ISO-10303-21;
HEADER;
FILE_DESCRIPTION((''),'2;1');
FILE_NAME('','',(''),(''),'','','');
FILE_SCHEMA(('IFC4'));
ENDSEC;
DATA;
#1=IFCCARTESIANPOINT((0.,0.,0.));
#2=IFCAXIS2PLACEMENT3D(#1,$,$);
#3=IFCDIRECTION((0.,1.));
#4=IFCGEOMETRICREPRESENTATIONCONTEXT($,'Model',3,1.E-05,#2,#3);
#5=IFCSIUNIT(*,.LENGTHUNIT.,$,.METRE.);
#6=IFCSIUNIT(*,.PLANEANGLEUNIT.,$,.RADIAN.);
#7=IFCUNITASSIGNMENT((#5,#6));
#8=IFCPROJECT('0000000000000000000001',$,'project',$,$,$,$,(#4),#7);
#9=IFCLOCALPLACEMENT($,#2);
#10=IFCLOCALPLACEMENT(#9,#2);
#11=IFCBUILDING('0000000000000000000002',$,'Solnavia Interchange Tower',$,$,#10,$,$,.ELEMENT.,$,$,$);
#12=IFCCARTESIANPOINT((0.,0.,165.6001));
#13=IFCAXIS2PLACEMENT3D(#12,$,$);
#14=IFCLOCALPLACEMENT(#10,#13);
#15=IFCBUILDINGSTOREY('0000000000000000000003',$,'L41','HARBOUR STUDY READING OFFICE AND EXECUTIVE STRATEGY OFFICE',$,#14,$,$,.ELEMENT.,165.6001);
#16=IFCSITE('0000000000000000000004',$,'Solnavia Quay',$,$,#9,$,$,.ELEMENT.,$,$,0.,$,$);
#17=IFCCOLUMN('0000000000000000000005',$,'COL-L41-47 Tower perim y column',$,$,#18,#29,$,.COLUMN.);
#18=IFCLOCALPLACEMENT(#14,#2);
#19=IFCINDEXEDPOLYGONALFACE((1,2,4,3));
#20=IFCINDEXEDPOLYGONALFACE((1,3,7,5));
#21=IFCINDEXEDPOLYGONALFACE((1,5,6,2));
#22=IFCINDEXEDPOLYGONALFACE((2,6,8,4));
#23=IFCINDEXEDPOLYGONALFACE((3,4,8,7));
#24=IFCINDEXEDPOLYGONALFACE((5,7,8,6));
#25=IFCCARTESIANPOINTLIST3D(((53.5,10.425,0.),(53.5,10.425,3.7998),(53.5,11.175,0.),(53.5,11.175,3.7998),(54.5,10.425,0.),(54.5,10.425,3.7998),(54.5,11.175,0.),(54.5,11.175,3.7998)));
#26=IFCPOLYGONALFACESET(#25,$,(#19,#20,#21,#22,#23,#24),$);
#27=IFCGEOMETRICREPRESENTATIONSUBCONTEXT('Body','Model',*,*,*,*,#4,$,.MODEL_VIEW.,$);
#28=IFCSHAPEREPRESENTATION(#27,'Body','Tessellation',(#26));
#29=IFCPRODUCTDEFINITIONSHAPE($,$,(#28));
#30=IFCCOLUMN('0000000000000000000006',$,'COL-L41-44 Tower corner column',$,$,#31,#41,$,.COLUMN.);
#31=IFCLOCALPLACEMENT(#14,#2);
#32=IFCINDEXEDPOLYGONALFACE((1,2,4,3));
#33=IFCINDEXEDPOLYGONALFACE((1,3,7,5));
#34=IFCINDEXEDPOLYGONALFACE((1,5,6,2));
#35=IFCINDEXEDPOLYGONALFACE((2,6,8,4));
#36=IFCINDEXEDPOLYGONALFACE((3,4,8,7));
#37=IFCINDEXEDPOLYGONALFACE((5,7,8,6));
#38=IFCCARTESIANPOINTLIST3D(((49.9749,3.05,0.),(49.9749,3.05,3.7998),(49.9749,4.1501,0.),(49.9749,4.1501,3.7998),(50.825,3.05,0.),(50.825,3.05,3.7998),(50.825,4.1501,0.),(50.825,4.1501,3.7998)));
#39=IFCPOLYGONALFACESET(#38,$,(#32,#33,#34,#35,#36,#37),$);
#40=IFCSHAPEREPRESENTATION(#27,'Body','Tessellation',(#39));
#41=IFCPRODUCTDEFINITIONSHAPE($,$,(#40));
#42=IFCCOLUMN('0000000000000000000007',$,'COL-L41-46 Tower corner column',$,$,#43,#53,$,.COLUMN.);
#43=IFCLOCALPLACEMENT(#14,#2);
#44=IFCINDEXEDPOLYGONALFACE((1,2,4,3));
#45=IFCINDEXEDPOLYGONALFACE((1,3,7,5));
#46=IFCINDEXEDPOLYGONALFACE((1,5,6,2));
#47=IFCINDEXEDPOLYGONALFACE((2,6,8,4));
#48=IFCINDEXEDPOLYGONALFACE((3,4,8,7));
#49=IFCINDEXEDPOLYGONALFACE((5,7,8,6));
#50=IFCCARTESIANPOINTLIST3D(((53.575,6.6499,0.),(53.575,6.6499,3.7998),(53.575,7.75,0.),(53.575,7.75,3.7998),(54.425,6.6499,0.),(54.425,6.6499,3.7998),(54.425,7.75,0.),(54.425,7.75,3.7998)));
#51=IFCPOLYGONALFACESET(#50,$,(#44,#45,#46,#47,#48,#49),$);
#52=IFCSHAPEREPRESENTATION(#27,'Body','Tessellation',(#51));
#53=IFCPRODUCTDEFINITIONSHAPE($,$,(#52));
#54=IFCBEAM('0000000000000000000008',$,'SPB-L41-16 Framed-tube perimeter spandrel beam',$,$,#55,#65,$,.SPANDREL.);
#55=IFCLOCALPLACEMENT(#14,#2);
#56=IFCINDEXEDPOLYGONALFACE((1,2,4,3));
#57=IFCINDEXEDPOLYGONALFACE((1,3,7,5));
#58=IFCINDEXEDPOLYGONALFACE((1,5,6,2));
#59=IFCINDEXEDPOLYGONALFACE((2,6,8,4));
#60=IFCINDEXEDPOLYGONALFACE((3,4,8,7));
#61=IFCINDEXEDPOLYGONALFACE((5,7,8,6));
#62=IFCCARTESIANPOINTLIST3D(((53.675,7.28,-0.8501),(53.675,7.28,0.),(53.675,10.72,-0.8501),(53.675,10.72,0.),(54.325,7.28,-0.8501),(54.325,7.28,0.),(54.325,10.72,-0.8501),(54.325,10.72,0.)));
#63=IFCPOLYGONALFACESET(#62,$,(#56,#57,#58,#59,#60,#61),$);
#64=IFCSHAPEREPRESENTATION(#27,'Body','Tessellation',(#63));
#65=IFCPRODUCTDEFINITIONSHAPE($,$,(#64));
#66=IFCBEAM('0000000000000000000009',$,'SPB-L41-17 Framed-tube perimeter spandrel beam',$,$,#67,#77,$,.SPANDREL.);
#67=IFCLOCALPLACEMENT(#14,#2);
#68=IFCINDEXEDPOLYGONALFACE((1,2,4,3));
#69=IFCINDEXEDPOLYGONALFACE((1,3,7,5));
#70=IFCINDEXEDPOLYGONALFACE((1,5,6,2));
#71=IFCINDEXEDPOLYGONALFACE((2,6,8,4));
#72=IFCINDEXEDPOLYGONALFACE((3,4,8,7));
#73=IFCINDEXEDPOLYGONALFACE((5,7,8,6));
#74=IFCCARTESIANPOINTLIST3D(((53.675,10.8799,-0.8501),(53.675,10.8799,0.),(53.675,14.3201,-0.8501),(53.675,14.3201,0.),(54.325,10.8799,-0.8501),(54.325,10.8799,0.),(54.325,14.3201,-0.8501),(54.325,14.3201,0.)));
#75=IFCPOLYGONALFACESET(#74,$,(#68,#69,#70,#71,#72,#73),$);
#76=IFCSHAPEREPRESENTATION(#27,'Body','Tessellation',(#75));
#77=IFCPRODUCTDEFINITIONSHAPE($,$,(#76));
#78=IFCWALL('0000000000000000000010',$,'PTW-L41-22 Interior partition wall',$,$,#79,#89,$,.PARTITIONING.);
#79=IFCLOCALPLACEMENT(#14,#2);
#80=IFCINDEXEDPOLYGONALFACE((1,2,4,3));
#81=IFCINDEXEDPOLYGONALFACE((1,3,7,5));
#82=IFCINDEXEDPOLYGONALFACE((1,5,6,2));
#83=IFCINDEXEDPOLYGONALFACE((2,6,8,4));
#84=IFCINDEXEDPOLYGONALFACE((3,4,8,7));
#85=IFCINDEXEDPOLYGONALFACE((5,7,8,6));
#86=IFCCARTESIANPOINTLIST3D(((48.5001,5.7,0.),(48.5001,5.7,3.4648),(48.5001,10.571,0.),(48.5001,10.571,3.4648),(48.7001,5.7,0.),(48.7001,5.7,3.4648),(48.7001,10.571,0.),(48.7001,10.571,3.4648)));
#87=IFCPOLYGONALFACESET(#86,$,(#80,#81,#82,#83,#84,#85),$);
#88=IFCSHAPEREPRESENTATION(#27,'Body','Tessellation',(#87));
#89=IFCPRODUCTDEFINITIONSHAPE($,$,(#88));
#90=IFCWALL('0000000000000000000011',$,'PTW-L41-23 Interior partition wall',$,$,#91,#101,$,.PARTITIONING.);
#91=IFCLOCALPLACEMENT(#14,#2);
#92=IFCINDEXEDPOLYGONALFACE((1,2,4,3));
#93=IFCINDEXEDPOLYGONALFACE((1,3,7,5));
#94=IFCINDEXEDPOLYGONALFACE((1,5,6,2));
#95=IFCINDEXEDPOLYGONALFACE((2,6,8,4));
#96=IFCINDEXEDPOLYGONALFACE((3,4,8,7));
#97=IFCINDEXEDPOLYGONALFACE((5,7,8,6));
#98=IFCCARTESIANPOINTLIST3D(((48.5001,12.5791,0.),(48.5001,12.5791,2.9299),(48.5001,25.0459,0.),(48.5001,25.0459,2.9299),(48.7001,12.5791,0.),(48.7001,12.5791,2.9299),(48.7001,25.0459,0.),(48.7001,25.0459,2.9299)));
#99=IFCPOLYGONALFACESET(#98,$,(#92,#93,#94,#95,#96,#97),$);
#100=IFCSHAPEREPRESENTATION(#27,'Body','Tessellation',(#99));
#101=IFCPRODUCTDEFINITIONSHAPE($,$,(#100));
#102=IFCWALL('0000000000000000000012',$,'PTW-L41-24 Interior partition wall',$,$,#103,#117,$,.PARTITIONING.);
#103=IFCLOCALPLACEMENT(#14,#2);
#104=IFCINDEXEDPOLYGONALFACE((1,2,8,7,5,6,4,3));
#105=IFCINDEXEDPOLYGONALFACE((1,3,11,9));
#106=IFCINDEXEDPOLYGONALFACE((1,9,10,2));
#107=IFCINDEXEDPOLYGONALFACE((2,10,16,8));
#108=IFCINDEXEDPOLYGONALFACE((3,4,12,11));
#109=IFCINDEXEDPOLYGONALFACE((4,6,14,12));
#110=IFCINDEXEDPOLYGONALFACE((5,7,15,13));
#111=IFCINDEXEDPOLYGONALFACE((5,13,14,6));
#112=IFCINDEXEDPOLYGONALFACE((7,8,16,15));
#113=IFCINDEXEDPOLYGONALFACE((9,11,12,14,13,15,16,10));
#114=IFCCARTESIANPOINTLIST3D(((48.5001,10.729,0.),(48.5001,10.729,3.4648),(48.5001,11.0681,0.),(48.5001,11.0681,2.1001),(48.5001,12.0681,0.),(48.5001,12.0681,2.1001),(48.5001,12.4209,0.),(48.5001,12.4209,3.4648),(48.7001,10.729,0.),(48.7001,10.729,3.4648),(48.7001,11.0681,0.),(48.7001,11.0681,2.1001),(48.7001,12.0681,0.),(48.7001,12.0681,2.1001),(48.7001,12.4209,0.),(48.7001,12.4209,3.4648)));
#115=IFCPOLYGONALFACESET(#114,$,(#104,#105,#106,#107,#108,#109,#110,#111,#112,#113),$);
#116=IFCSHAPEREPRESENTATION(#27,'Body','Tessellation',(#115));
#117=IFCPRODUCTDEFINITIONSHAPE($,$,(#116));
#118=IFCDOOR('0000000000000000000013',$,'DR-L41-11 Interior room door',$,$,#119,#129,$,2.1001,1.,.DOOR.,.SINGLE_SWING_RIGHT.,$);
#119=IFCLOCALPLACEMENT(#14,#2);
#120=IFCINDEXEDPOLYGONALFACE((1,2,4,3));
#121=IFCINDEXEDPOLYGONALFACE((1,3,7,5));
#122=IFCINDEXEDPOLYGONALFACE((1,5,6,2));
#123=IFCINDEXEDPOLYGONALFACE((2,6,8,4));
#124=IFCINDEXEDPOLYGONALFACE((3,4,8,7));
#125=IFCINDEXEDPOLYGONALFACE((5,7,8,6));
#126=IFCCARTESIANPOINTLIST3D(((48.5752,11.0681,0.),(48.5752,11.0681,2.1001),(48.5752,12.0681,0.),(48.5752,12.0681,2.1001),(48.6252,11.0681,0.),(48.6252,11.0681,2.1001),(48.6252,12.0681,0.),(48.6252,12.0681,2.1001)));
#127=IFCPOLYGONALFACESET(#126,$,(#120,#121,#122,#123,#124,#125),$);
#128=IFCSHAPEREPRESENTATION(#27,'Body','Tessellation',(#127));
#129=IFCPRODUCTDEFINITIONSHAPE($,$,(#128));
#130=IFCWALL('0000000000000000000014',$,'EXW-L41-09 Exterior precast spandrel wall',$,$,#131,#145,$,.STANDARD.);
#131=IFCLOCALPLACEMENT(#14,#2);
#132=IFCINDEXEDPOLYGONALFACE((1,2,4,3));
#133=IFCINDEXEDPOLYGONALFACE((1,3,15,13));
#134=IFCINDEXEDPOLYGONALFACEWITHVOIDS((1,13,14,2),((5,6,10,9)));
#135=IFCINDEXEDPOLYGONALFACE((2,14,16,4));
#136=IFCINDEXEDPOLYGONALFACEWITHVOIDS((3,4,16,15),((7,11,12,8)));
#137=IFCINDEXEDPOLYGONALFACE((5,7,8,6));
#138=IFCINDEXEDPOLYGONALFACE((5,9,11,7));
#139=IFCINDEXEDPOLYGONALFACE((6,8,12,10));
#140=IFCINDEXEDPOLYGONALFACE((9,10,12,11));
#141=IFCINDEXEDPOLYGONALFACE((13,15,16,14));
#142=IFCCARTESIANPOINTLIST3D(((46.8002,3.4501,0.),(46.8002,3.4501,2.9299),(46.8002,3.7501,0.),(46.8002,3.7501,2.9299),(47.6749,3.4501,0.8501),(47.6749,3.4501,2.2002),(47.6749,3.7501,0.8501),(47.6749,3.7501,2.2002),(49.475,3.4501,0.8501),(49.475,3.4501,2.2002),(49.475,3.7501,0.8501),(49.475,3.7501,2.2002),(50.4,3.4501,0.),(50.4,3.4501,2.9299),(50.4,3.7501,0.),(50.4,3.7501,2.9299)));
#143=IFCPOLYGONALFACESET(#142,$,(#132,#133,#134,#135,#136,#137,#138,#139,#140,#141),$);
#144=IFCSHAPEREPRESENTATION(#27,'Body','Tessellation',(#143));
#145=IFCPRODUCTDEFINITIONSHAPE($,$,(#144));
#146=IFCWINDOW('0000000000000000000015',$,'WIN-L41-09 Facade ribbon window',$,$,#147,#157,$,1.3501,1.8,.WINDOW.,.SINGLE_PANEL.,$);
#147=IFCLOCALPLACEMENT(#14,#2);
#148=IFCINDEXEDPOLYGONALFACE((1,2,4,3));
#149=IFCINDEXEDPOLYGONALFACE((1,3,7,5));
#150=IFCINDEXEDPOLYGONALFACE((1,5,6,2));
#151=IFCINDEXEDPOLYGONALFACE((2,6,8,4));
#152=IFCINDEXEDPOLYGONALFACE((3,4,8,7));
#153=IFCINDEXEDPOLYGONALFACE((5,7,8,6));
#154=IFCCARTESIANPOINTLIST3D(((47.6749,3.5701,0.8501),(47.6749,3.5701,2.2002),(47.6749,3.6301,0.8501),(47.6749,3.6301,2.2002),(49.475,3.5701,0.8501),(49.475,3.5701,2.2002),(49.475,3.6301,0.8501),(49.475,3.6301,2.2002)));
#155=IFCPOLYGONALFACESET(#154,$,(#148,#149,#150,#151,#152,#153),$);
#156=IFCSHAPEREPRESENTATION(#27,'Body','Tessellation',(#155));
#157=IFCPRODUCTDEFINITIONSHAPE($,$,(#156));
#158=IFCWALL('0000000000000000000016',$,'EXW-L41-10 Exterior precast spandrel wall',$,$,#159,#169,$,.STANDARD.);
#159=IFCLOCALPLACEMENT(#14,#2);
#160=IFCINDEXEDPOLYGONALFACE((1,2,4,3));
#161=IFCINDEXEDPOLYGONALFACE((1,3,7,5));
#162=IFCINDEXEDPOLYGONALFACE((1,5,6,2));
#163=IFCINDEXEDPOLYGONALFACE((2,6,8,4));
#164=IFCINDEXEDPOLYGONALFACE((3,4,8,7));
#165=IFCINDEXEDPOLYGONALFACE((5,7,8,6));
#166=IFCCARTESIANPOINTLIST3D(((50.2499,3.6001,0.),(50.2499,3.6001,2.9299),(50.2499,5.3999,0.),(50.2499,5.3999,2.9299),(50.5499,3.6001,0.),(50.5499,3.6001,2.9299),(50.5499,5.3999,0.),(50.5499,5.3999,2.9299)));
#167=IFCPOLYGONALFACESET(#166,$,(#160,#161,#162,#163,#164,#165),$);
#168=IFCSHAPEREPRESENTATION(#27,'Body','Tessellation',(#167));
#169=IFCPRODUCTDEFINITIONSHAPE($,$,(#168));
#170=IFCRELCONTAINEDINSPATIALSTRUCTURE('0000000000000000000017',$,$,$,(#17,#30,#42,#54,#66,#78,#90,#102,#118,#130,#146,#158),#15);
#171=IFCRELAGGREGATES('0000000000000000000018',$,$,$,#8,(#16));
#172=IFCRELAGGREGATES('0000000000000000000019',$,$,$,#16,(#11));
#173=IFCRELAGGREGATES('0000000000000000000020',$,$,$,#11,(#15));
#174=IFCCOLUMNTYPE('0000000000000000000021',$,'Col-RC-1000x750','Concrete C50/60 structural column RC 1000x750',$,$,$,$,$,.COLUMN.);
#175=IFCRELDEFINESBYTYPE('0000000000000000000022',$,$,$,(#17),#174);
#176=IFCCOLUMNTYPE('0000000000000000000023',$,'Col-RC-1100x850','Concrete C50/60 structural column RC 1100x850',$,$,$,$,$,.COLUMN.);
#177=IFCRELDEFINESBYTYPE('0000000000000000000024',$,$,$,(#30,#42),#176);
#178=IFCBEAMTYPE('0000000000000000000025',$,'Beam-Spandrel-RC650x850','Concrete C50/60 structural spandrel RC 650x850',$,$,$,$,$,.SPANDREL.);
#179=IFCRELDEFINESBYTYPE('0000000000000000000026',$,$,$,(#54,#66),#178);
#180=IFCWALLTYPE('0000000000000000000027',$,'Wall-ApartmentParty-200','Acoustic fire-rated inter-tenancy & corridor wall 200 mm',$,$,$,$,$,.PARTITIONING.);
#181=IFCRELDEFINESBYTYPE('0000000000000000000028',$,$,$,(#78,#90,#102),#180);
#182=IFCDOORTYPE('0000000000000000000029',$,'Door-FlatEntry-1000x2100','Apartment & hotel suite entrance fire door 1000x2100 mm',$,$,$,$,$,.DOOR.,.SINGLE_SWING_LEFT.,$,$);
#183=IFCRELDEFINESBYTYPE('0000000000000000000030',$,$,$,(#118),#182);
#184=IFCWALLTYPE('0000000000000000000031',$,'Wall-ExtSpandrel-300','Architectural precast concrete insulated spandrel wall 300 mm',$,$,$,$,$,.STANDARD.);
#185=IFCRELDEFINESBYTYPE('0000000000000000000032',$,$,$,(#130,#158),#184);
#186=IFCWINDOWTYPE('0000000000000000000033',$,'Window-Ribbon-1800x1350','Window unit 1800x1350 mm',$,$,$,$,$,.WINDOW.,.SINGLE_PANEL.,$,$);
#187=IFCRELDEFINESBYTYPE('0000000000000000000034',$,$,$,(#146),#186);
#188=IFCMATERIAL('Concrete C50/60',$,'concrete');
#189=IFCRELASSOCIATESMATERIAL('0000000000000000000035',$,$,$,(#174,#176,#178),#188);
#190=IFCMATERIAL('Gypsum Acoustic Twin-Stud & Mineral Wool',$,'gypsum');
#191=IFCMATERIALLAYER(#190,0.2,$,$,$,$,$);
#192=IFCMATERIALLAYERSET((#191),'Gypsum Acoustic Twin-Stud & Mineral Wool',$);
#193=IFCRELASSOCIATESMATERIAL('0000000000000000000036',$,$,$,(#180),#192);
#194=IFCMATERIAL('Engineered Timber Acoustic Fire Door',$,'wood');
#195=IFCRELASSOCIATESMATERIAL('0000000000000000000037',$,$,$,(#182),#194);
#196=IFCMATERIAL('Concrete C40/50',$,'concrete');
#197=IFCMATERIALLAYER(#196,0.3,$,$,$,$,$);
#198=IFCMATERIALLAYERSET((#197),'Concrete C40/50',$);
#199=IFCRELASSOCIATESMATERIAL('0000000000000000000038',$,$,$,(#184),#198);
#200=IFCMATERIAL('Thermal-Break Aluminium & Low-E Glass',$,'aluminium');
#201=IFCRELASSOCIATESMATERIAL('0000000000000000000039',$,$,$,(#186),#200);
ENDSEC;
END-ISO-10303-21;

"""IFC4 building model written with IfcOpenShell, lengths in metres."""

from ifc_helpers import new_model, si_unit, direction, frame, frame_2d, origin, origin_2d, place, context, subcontext, project, spatial, rectangle, extrude, material, layer, layer_set, material_profile, profile_set, type_object, element, fill, save


model = new_model("IFC4")

# Units and contexts
model_context = context("Model", 3, precision=1e-05, world=origin(), true_north=direction((0.0, 1.0)))
body_context = subcontext(model_context, "Body", "Model", "MODEL_VIEW")
ifc_project = project(units=[si_unit("LENGTHUNIT", "METRE"), si_unit("PLANEANGLEUNIT", "RADIAN")], contexts=[model_context])

# Site, building, storey
site_placement = place(None, origin())
site = spatial("IfcSite", under=ifc_project, at=site_placement, Name="Solnavia Quay", CompositionType="ELEMENT", RefElevation=0.0)
building_placement = place(site_placement, origin())
building = spatial("IfcBuilding", under=site, at=building_placement, Name="Solnavia Interchange Tower", CompositionType="ELEMENT")
storey_placement = place(building_placement, frame((0.0, 0.0, 165.6001)))
storey = spatial("IfcBuildingStorey", under=building, at=storey_placement, Name="L41", Description="HARBOUR STUDY READING OFFICE AND EXECUTIVE STRATEGY OFFICE", CompositionType="ELEMENT", Elevation=165.6001)

# Columns
ifc_material_1 = material(Name="Concrete C50/60", Category="concrete")
ifc_material_profile_1 = material_profile(ifc_material_1, rectangle(XDim=0.75, YDim=1.0, at=origin_2d()), Name="RC 1000x750")
ifc_profile_set_1 = profile_set([ifc_material_profile_1], Name="Concrete C50/60")
column_type_1 = type_object("IfcColumnType", Name="Col-RC-1000x750", Description="Concrete C50/60 structural column RC 1000x750", PredefinedType="COLUMN", material=ifc_profile_set_1)
column_placement = place(storey_placement, frame((54.0, 10.8, 0.0), z_axis=(0.0, 0.0, 1.0), x_axis=(0.0, 1.0, 0.0)))
element("IfcColumn", 1, at=column_placement, inside=storey, type_object=column_type_1, Name="COL-L41-47 Tower perim y column", PredefinedType="COLUMN", context=body_context, shape_type="SweptSolid", body=[
    extrude(rectangle(XDim=0.75, YDim=1.0, at=origin_2d()), origin(), (0.0, 0.0, 1.0), 3.7998),
])
ifc_material_profile_2 = material_profile(ifc_material_1, rectangle(XDim=0.8501, YDim=1.1001, at=origin_2d()), Name="RC 1100x850")
ifc_profile_set_2 = profile_set([ifc_material_profile_2], Name="Concrete C50/60")
column_type_2 = type_object("IfcColumnType", Name="Col-RC-1100x850", Description="Concrete C50/60 structural column RC 1100x850", PredefinedType="COLUMN", material=ifc_profile_set_2)
for number, where, z_axis, x_axis, name in (
    (2, (50.3999, 3.6001, 0.0), (0.0, 0.0, 1.0), (1.0, 0.0, 0.0), "COL-L41-44 Tower corner column"),
    (3, (54.0, 7.2, 0.0), (0.0, 0.0, 1.0), (1.0, 0.0, 0.0), "COL-L41-46 Tower corner column"),
):
    element("IfcColumn", number, at=place(storey_placement, frame(where, z_axis=z_axis, x_axis=x_axis)), inside=storey, type_object=column_type_2, Name=name, PredefinedType="COLUMN", context=body_context, shape_type="SweptSolid", body=[
        extrude(rectangle(XDim=0.8501, YDim=1.1001, at=origin_2d()), origin(), (0.0, 0.0, 1.0), 3.7998),
    ])

# Beams
ifc_material_profile_3 = material_profile(ifc_material_1, rectangle(XDim=0.6499, YDim=0.8501, at=origin_2d()), Name="RC 650x850")
ifc_profile_set_3 = profile_set([ifc_material_profile_3], Name="Concrete C50/60")
beam_type = type_object("IfcBeamType", Name="Beam-Spandrel-RC650x850", Description="Concrete C50/60 structural spandrel RC 650x850", PredefinedType="SPANDREL", material=ifc_profile_set_3)
beam_1_placement = place(storey_placement, frame((54.0, 7.28, -0.425), z_axis=(0.0, 1.0, 0.0), x_axis=(-1.0, 0.0, 0.0)))
element("IfcBeam", 4, at=beam_1_placement, inside=storey, type_object=beam_type, Name="SPB-L41-16 Framed-tube perimeter spandrel beam", PredefinedType="SPANDREL", context=body_context, shape_type="SweptSolid", body=[
    extrude(rectangle(XDim=0.6499, YDim=0.8501, at=origin_2d()), origin(), (0.0, 0.0, 1.0), 3.4399),
])
beam_2_placement = place(storey_placement, frame((54.0, 10.8799, -0.425), z_axis=(0.0, 1.0, 0.0), x_axis=(-1.0, 0.0, 0.0)))
element("IfcBeam", 5, at=beam_2_placement, inside=storey, type_object=beam_type, Name="SPB-L41-17 Framed-tube perimeter spandrel beam", PredefinedType="SPANDREL", context=body_context, shape_type="SweptSolid", body=[
    extrude(rectangle(XDim=0.6499, YDim=0.8501, at=origin_2d()), origin(), (0.0, 0.0, 1.0), 3.4402),
])

# Walls
ifc_material_2 = material(Name="Gypsum Acoustic Twin-Stud & Mineral Wool", Category="gypsum")
ifc_layer_1 = layer(ifc_material_2, 0.2)
ifc_layer_set_1 = layer_set([ifc_layer_1], Name="Gypsum Acoustic Twin-Stud & Mineral Wool")
wall_type_1 = type_object("IfcWallType", Name="Wall-ApartmentParty-200", Description="Acoustic fire-rated inter-tenancy & corridor wall 200 mm", PredefinedType="PARTITIONING", material=ifc_layer_set_1)
wall_1_placement = place(storey_placement, frame((48.6001, 5.7, 0.0), z_axis=(0.0, 0.0, 1.0), x_axis=(0.0, 1.0, 0.0)))
element("IfcWall", 6, at=wall_1_placement, inside=storey, type_object=wall_type_1, Name="PTW-L41-22 Interior partition wall", PredefinedType="PARTITIONING", context=body_context, shape_type="SweptSolid", body=[
    extrude(rectangle(XDim=4.8711, YDim=0.2, at=frame_2d((2.4355, 0.0))), origin(), (0.0, 0.0, 1.0), 3.4648),
])
wall_2_placement = place(storey_placement, frame((48.6001, 12.5791, 0.0), z_axis=(0.0, 0.0, 1.0), x_axis=(0.0, 1.0, 0.0)))
element("IfcWall", 7, at=wall_2_placement, inside=storey, type_object=wall_type_1, Name="PTW-L41-23 Interior partition wall", PredefinedType="PARTITIONING", context=body_context, shape_type="SweptSolid", body=[
    extrude(rectangle(XDim=12.4668, YDim=0.2, at=frame_2d((6.2334, 0.0))), origin(), (0.0, 0.0, 1.0), 2.9299),
])

# Wall, opening, door
wall_3_placement = place(storey_placement, frame((48.6001, 10.729, 0.0), z_axis=(0.0, 0.0, 1.0), x_axis=(0.0, 1.0, 0.0)))
wall_3 = element("IfcWall", 8, at=wall_3_placement, inside=storey, type_object=wall_type_1, Name="PTW-L41-24 Interior partition wall", PredefinedType="PARTITIONING", context=body_context, shape_type="SweptSolid", body=[
    extrude(rectangle(XDim=1.6919, YDim=0.2, at=frame_2d((0.8459, 0.0))), origin(), (0.0, 0.0, 1.0), 3.4648),
])
opening_1_placement = place(wall_3_placement, frame((0.3391, 0.0, 0.0)))
opening_1 = element("IfcOpeningElement", 9, at=opening_1_placement, cuts=wall_3, PredefinedType="OPENING", context=body_context, shape_type="SweptSolid", body=[
    extrude(rectangle(XDim=1.0, YDim=2.1001, at=frame_2d((0.5, 1.05))), frame((0.0, 0.1099, 0.0), z_axis=(0.0, -1.0, 0.0), x_axis=(1.0, 0.0, 0.0)), (0.0, 0.0, 1.0), 0.22),
])
ifc_material_3 = material(Name="Engineered Timber Acoustic Fire Door", Category="wood")
door_type_1 = type_object("IfcDoorType", Name="Door-FlatEntry-1000x2100", Description="Apartment & hotel suite entrance fire door 1000x2100 mm", OperationType="SINGLE_SWING_LEFT", PredefinedType="DOOR", material=ifc_material_3)
door_1_placement = place(opening_1_placement, origin())
door_1 = element("IfcDoor", 10, at=door_1_placement, inside=storey, type_object=door_type_1, Name="DR-L41-11 Interior room door", OperationType="SINGLE_SWING_RIGHT", OverallHeight=2.1001, OverallWidth=1.0, PredefinedType="DOOR", context=body_context, shape_type="SweptSolid", body=[
    extrude(rectangle(XDim=1.0, YDim=2.1001, at=frame_2d((0.5, 1.05))), frame((0.0, 0.0249, 0.0), z_axis=(0.0, -1.0, 0.0), x_axis=(1.0, 0.0, 0.0)), (0.0, 0.0, 1.0), 0.05),
])
fill(opening_1, door_1)

# Wall, opening, window
ifc_material_4 = material(Name="Concrete C40/50", Category="concrete")
ifc_layer_2 = layer(ifc_material_4, 0.3)
ifc_layer_set_2 = layer_set([ifc_layer_2], Name="Concrete C40/50")
wall_type_2 = type_object("IfcWallType", Name="Wall-ExtSpandrel-300", Description="Architectural precast concrete insulated spandrel wall 300 mm", PredefinedType="STANDARD", material=ifc_layer_set_2)
wall_4_placement = place(storey_placement, frame((50.3999, 3.6001, 0.0), z_axis=(0.0, 0.0, 1.0), x_axis=(-1.0, 0.0, 0.0)))
wall_4 = element("IfcWall", 11, at=wall_4_placement, inside=storey, type_object=wall_type_2, Name="EXW-L41-09 Exterior precast spandrel wall", PredefinedType="STANDARD", context=body_context, shape_type="SweptSolid", body=[
    extrude(rectangle(XDim=3.5999, YDim=0.3, at=frame_2d((1.7998, 0.0))), origin(), (0.0, 0.0, 1.0), 2.9299),
])
opening_2_placement = place(wall_4_placement, frame((0.925, 0.0, 0.8501)))
opening_2 = element("IfcOpeningElement", 12, at=opening_2_placement, cuts=wall_4, PredefinedType="OPENING", context=body_context, shape_type="SweptSolid", body=[
    extrude(rectangle(XDim=1.8, YDim=1.3501, at=frame_2d((0.8999, 0.675))), frame((0.0, 0.1602, 0.0), z_axis=(0.0, -1.0, 0.0), x_axis=(1.0, 0.0, 0.0)), (0.0, 0.0, 1.0), 0.3201),
])
ifc_material_5 = material(Name="Thermal-Break Aluminium & Low-E Glass", Category="aluminium")
window_type = type_object("IfcWindowType", Name="Window-Ribbon-1800x1350", Description="Window unit 1800x1350 mm", PartitioningType="SINGLE_PANEL", PredefinedType="WINDOW", material=ifc_material_5)
window_1_placement = place(opening_2_placement, origin())
window_1 = element("IfcWindow", 13, at=window_1_placement, inside=storey, type_object=window_type, Name="WIN-L41-09 Facade ribbon window", OverallHeight=1.3501, OverallWidth=1.8, PartitioningType="SINGLE_PANEL", PredefinedType="WINDOW", context=body_context, shape_type="SweptSolid", body=[
    extrude(rectangle(XDim=1.8, YDim=1.3501, at=frame_2d((0.8999, 0.675))), frame((0.0, 0.03, 0.0), z_axis=(0.0, -1.0, 0.0), x_axis=(1.0, 0.0, 0.0)), (0.0, 0.0, 1.0), 0.0601),
])
fill(opening_2, window_1)

# Wall
wall_5_placement = place(storey_placement, frame((50.3999, 5.3999, 0.0), z_axis=(0.0, 0.0, 1.0), x_axis=(0.0, -1.0, 0.0)))
element("IfcWall", 14, at=wall_5_placement, inside=storey, type_object=wall_type_2, Name="EXW-L41-10 Exterior precast spandrel wall", PredefinedType="STANDARD", context=body_context, shape_type="SweptSolid", body=[
    extrude(rectangle(XDim=1.7998, YDim=0.3, at=frame_2d((0.8999, 0.0))), origin(), (0.0, 0.0, 1.0), 2.9299),
])

save(model, "model.ifc")
